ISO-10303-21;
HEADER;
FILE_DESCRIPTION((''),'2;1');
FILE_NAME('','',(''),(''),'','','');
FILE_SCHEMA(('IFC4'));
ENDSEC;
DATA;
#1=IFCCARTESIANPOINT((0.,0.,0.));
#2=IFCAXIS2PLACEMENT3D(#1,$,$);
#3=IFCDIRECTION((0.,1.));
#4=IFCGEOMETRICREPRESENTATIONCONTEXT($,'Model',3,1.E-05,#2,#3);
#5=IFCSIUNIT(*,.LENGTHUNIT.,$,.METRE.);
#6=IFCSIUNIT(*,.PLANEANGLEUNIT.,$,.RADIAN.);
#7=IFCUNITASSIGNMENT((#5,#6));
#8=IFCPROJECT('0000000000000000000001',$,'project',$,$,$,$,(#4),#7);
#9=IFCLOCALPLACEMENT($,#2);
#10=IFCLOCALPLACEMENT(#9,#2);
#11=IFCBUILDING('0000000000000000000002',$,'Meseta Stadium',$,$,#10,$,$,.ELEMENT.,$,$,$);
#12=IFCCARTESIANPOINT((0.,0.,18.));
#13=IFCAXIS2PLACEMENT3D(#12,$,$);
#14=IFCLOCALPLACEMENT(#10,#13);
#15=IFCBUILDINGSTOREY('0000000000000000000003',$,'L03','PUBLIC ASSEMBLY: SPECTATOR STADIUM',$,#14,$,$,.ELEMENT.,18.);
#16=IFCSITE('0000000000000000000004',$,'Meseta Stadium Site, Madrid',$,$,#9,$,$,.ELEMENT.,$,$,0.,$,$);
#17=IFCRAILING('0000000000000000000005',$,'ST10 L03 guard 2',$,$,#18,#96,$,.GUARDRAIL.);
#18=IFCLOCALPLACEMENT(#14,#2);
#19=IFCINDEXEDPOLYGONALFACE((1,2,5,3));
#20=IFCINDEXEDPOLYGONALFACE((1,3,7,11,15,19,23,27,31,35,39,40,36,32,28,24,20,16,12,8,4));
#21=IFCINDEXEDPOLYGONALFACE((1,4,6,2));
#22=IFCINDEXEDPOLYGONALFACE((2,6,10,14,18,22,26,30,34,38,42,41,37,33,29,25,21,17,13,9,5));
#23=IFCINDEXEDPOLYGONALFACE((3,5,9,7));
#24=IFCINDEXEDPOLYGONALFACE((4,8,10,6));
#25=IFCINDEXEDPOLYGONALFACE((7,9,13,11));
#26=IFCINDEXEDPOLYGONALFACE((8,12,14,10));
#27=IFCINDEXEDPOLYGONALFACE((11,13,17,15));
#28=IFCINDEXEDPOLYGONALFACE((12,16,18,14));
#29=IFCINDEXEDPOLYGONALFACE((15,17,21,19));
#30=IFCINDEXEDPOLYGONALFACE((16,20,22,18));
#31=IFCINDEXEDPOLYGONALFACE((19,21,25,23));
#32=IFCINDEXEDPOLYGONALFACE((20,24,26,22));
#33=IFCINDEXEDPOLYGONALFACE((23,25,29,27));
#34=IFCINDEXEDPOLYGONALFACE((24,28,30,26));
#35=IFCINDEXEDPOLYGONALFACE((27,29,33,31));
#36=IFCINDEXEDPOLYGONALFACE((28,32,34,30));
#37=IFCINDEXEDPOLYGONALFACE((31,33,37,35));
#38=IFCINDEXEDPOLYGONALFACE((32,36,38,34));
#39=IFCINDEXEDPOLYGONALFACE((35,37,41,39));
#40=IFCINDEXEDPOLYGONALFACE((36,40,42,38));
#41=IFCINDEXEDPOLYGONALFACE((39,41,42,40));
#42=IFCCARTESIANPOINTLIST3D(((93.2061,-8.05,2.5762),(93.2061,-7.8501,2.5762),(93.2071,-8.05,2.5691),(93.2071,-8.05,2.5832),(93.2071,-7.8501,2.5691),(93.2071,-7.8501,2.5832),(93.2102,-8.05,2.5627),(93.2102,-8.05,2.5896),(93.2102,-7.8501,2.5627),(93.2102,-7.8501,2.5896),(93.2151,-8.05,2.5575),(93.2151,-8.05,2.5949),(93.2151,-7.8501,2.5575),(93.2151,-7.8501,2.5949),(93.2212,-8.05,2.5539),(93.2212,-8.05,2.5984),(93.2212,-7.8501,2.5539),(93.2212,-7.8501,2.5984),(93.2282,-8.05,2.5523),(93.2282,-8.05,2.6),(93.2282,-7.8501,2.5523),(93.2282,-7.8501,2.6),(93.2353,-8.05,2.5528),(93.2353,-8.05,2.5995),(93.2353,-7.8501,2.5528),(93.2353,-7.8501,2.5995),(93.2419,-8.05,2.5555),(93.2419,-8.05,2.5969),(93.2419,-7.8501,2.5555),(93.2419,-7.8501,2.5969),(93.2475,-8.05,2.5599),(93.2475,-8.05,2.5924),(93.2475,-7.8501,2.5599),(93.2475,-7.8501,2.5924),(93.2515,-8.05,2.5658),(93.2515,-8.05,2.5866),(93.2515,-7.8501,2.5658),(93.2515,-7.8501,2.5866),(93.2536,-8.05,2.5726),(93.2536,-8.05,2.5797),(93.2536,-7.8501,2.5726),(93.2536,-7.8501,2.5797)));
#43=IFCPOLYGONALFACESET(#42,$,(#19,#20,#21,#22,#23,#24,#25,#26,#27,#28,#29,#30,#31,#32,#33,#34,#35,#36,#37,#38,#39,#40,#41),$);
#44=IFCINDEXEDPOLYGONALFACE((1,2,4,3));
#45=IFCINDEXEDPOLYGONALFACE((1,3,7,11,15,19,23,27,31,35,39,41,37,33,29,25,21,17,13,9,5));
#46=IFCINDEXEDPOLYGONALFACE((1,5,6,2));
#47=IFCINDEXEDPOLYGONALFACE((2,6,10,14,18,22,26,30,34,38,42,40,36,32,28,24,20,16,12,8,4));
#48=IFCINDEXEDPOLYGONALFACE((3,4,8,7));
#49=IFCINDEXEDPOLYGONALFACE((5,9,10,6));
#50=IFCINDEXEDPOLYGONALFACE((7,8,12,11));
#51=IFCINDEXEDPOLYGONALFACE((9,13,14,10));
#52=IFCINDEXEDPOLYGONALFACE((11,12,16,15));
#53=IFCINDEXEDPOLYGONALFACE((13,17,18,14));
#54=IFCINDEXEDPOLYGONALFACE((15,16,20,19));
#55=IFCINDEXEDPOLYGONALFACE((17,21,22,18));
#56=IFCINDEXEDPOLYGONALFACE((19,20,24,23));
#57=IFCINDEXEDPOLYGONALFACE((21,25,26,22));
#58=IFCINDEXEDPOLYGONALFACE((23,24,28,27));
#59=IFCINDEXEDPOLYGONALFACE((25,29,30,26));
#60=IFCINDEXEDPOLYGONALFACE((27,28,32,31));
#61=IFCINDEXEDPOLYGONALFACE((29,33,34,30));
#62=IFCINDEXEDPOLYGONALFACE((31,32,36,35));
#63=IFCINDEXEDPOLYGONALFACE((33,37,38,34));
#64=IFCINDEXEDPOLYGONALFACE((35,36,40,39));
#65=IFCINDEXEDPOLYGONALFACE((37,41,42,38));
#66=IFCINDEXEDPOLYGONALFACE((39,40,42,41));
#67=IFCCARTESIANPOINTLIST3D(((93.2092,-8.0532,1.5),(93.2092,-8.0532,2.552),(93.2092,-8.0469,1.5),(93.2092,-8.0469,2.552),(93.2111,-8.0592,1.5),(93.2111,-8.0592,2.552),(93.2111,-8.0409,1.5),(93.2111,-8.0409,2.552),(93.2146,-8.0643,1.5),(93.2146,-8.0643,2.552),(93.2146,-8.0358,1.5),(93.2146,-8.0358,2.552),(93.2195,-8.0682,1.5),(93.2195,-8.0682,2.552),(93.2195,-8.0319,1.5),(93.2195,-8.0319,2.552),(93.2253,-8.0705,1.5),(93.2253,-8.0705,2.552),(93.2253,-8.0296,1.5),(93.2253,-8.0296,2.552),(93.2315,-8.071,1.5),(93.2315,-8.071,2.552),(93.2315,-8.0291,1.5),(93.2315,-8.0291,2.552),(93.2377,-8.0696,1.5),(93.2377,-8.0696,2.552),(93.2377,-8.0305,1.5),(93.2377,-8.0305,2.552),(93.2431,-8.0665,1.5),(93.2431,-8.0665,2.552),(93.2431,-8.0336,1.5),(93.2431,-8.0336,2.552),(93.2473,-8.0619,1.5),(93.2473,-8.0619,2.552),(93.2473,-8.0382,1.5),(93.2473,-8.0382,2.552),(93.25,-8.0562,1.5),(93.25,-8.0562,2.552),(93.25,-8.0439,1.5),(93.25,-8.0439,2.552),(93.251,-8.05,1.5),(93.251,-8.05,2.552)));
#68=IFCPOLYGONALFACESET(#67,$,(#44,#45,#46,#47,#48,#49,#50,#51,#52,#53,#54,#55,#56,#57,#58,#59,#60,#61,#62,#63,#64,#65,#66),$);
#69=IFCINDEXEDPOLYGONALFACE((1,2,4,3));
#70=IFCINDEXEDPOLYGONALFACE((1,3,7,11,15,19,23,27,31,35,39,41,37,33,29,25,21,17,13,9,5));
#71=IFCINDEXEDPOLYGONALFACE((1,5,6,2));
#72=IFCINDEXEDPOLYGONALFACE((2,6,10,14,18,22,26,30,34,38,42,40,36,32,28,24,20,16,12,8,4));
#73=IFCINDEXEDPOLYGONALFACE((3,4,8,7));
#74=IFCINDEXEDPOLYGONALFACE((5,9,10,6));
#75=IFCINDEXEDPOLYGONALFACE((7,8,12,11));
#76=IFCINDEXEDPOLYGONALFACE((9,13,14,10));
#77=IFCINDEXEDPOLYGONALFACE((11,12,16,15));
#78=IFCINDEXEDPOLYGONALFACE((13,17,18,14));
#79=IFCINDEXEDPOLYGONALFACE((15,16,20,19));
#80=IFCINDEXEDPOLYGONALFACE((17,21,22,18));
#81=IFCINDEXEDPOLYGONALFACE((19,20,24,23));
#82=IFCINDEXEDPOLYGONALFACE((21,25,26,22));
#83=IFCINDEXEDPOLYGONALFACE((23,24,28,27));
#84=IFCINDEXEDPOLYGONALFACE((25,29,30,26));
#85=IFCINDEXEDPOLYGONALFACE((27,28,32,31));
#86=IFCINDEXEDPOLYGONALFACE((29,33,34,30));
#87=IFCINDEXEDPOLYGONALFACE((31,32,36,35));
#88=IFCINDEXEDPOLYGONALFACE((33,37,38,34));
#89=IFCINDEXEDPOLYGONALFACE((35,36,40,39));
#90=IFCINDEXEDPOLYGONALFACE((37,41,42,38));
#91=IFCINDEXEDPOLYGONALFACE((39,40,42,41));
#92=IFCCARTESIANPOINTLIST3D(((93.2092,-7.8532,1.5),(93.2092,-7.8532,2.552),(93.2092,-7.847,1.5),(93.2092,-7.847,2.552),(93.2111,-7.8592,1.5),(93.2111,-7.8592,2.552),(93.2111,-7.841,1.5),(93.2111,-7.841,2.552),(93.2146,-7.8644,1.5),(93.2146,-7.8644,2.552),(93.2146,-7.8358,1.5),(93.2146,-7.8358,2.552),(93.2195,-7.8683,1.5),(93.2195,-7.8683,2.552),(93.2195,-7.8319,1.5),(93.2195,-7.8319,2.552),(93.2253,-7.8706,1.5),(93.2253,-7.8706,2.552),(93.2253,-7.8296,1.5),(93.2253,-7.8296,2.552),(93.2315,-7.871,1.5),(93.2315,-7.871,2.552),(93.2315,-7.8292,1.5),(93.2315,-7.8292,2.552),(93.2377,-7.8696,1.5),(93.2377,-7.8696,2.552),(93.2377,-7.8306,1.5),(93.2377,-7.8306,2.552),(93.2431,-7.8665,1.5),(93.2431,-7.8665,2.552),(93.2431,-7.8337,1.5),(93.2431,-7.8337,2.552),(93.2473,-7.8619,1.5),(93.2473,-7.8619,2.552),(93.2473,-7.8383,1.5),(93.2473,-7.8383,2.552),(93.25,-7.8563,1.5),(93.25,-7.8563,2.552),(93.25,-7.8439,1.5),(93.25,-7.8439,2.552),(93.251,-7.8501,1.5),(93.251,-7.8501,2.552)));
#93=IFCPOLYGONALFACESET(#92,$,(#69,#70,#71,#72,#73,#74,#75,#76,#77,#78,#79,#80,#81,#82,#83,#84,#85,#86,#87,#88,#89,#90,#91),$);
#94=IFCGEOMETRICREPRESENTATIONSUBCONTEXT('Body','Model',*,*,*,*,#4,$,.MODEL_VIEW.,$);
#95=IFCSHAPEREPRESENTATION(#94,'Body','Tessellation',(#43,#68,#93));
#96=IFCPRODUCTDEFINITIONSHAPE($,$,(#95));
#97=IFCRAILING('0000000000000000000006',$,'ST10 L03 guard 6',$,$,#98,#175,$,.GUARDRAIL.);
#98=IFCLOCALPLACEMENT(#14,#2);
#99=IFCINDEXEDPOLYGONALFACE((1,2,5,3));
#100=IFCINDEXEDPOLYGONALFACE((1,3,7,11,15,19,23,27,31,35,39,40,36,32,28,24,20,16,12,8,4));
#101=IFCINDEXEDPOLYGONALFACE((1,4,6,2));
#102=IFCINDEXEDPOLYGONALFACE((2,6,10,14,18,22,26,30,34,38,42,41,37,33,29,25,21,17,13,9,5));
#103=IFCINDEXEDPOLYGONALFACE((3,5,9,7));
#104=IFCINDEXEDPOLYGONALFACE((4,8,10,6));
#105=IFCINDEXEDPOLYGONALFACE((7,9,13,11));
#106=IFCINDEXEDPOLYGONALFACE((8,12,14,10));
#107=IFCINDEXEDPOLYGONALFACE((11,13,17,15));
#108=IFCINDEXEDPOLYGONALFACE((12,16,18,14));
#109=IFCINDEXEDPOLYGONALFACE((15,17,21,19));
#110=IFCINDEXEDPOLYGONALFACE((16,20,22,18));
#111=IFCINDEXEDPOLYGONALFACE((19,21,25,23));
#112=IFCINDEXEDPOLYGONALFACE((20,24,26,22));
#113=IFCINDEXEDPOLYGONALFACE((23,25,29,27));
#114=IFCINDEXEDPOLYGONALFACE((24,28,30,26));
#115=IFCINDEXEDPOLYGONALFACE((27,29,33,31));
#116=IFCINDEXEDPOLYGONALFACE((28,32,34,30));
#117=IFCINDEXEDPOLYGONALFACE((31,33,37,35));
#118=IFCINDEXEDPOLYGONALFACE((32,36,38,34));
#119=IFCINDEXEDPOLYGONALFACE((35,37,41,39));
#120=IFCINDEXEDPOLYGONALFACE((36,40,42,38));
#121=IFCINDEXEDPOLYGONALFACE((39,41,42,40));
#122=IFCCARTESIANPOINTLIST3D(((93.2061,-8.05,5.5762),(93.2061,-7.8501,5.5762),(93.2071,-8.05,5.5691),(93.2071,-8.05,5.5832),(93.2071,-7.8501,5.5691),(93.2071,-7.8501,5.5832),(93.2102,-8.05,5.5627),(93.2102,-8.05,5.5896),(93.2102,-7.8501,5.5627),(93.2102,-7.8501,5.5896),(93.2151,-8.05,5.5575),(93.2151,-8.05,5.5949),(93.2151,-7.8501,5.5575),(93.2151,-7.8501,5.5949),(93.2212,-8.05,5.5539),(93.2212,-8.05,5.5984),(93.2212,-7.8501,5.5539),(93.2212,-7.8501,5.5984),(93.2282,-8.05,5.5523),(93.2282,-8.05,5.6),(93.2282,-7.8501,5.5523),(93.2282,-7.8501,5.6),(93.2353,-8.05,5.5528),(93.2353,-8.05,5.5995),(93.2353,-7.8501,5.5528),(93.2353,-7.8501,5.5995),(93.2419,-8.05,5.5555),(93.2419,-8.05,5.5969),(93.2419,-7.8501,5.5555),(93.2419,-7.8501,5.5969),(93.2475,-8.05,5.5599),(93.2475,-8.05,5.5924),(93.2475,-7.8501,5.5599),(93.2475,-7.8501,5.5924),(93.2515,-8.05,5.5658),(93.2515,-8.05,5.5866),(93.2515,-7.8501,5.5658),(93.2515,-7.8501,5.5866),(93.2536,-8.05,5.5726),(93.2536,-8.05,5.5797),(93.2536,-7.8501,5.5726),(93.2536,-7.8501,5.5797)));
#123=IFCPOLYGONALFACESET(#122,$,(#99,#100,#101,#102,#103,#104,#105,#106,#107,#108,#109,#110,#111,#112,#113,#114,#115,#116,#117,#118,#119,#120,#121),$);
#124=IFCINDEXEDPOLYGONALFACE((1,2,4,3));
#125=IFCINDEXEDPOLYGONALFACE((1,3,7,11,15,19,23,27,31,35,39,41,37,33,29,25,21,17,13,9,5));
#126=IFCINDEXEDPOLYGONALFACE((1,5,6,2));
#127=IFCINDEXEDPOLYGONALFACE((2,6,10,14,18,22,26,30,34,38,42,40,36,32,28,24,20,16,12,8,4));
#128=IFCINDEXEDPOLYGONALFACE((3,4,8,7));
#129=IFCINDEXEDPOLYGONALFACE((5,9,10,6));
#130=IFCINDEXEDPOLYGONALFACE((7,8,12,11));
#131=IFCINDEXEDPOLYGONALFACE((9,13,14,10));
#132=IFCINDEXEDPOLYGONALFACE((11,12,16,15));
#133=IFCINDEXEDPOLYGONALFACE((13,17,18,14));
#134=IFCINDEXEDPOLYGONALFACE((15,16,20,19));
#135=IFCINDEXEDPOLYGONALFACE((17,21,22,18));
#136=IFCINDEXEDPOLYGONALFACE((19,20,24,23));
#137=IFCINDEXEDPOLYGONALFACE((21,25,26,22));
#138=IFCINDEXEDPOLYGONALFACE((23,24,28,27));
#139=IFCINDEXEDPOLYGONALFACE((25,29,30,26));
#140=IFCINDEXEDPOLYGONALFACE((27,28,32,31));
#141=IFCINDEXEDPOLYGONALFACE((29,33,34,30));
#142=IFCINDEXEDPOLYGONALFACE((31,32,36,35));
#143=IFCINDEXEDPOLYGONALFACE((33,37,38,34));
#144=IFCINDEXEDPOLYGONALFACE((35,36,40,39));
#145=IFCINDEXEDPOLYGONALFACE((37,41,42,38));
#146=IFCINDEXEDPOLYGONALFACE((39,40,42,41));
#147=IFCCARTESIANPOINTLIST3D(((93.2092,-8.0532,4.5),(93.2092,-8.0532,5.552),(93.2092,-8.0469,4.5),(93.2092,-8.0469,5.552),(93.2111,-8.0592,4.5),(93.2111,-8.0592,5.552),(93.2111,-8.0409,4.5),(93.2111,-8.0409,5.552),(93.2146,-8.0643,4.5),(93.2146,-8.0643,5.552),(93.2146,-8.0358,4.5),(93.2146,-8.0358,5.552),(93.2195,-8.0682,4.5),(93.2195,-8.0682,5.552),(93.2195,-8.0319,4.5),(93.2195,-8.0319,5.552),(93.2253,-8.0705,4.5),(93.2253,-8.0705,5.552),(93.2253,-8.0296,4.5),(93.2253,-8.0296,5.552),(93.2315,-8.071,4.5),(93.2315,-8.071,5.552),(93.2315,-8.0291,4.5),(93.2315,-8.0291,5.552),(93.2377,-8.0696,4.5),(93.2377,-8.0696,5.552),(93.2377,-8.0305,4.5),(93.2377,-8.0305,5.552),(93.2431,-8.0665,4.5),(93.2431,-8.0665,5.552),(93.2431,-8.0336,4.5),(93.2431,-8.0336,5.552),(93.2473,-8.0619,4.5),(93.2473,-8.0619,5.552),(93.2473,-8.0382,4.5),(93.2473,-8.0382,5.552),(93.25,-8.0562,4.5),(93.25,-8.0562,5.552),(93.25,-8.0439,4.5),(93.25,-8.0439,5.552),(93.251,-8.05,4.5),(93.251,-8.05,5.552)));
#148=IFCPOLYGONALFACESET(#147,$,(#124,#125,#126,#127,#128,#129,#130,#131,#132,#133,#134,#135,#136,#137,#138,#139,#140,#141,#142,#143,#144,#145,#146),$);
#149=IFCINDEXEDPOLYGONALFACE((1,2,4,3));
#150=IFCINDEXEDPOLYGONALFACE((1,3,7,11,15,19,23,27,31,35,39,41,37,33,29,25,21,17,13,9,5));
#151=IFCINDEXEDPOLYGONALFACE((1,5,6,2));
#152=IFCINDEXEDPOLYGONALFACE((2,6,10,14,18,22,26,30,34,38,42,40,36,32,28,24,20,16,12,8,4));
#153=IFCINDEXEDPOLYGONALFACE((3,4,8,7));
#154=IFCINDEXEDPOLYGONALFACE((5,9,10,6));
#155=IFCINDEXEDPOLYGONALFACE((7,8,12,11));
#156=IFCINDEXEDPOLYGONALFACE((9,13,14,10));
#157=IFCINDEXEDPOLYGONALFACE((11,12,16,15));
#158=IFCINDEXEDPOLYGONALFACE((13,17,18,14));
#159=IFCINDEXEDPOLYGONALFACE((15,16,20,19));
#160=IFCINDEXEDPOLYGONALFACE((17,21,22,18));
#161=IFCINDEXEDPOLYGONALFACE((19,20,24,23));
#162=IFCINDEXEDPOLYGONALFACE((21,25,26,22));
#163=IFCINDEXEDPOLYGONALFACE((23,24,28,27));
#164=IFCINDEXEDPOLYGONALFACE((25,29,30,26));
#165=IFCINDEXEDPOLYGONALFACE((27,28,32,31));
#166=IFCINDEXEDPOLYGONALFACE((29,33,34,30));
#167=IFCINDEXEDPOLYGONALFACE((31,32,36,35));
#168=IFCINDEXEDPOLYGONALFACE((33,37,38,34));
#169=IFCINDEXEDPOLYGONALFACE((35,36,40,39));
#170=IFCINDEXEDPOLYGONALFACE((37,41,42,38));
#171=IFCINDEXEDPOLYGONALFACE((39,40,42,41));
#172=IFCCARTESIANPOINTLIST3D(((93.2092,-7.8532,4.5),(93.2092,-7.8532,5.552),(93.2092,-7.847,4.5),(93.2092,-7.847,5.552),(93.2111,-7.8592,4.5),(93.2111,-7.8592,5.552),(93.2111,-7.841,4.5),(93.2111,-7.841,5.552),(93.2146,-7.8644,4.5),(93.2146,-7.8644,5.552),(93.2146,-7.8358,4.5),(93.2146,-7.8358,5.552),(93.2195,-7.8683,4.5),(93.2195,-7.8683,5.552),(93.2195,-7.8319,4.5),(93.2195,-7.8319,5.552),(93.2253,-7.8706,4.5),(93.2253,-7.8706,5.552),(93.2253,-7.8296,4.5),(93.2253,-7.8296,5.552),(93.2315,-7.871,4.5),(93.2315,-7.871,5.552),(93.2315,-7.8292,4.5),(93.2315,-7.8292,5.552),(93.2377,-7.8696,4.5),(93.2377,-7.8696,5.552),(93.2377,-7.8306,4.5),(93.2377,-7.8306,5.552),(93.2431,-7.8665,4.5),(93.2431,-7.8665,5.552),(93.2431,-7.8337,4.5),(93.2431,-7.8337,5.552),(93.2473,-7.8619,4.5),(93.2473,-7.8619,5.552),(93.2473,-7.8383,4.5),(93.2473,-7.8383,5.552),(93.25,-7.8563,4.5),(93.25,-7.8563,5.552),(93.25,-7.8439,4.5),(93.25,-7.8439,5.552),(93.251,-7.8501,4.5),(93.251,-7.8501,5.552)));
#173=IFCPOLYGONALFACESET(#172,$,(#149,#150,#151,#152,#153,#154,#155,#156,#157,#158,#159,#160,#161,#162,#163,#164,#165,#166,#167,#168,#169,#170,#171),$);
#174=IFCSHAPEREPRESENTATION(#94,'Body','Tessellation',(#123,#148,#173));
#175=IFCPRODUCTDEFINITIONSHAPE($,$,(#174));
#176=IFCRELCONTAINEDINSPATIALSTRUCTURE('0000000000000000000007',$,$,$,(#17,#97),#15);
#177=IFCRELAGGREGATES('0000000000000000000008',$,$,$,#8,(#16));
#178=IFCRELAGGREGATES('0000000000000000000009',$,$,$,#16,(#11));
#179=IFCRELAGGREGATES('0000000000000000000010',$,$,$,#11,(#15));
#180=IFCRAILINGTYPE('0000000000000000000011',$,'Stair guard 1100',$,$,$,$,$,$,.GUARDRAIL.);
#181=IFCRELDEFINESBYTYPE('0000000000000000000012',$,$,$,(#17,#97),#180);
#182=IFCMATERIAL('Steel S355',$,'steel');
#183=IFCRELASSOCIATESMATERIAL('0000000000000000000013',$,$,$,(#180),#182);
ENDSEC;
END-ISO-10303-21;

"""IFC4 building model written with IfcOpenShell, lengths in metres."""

from ifc_helpers import new_model, si_unit, direction, frame, origin, origin_2d, place, context, subcontext, project, spatial, circle, extrude, material, type_object, element, save


model = new_model("IFC4")

# Units and contexts
model_context = context("Model", 3, precision=1e-05, world=origin(), true_north=direction((0.0, 1.0)))
body_context = subcontext(model_context, "Body", "Model", "MODEL_VIEW")
ifc_project = project(units=[si_unit("LENGTHUNIT", "METRE"), si_unit("PLANEANGLEUNIT", "RADIAN")], contexts=[model_context])

# Site, building, storey
site_placement = place(None, origin())
site = spatial("IfcSite", under=ifc_project, at=site_placement, Name="Meseta Stadium Site, Madrid", CompositionType="ELEMENT", RefElevation=0.0)
building_placement = place(site_placement, origin())
building = spatial("IfcBuilding", under=site, at=building_placement, Name="Meseta Stadium", CompositionType="ELEMENT")
storey_placement = place(building_placement, frame((0.0, 0.0, 18.0)))
storey = spatial("IfcBuildingStorey", under=building, at=storey_placement, Name="L03", Description="PUBLIC ASSEMBLY: SPECTATOR STADIUM", CompositionType="ELEMENT", Elevation=18.0)

# Railings
ifc_material_1 = material(Name="Steel S355", Category="steel")
railing_type = type_object("IfcRailingType", Name="Stair guard 1100", PredefinedType="GUARDRAIL", material=ifc_material_1)
for number, where, name in (
    (1, (93.23, -8.05, 1.5), "ST10 L03 guard 2"),
    (2, (93.23, -8.05, 4.5), "ST10 L03 guard 6"),
):
    element("IfcRailing", number, at=place(storey_placement, frame(where)), inside=storey, type_object=railing_type, Name=name, PredefinedType="GUARDRAIL", context=body_context, shape_type="SweptSolid", body=[
        extrude(circle(Radius=0.0239, at=origin_2d()), frame((0.0, 0.0, 1.0762), z_axis=(0.0, 1.0, 0.0), x_axis=(-1.0, 0.0, 0.0)), (0.0, 0.0, 1.0), 0.2),
        extrude(circle(Radius=0.021, at=origin_2d()), origin(), (0.0, 0.0, 1.0), 1.052),
        extrude(circle(Radius=0.021, at=origin_2d()), frame((0.0, 0.2, 0.0)), (0.0, 0.0, 1.0), 1.052),
    ])

save(model, "model.ifc")
